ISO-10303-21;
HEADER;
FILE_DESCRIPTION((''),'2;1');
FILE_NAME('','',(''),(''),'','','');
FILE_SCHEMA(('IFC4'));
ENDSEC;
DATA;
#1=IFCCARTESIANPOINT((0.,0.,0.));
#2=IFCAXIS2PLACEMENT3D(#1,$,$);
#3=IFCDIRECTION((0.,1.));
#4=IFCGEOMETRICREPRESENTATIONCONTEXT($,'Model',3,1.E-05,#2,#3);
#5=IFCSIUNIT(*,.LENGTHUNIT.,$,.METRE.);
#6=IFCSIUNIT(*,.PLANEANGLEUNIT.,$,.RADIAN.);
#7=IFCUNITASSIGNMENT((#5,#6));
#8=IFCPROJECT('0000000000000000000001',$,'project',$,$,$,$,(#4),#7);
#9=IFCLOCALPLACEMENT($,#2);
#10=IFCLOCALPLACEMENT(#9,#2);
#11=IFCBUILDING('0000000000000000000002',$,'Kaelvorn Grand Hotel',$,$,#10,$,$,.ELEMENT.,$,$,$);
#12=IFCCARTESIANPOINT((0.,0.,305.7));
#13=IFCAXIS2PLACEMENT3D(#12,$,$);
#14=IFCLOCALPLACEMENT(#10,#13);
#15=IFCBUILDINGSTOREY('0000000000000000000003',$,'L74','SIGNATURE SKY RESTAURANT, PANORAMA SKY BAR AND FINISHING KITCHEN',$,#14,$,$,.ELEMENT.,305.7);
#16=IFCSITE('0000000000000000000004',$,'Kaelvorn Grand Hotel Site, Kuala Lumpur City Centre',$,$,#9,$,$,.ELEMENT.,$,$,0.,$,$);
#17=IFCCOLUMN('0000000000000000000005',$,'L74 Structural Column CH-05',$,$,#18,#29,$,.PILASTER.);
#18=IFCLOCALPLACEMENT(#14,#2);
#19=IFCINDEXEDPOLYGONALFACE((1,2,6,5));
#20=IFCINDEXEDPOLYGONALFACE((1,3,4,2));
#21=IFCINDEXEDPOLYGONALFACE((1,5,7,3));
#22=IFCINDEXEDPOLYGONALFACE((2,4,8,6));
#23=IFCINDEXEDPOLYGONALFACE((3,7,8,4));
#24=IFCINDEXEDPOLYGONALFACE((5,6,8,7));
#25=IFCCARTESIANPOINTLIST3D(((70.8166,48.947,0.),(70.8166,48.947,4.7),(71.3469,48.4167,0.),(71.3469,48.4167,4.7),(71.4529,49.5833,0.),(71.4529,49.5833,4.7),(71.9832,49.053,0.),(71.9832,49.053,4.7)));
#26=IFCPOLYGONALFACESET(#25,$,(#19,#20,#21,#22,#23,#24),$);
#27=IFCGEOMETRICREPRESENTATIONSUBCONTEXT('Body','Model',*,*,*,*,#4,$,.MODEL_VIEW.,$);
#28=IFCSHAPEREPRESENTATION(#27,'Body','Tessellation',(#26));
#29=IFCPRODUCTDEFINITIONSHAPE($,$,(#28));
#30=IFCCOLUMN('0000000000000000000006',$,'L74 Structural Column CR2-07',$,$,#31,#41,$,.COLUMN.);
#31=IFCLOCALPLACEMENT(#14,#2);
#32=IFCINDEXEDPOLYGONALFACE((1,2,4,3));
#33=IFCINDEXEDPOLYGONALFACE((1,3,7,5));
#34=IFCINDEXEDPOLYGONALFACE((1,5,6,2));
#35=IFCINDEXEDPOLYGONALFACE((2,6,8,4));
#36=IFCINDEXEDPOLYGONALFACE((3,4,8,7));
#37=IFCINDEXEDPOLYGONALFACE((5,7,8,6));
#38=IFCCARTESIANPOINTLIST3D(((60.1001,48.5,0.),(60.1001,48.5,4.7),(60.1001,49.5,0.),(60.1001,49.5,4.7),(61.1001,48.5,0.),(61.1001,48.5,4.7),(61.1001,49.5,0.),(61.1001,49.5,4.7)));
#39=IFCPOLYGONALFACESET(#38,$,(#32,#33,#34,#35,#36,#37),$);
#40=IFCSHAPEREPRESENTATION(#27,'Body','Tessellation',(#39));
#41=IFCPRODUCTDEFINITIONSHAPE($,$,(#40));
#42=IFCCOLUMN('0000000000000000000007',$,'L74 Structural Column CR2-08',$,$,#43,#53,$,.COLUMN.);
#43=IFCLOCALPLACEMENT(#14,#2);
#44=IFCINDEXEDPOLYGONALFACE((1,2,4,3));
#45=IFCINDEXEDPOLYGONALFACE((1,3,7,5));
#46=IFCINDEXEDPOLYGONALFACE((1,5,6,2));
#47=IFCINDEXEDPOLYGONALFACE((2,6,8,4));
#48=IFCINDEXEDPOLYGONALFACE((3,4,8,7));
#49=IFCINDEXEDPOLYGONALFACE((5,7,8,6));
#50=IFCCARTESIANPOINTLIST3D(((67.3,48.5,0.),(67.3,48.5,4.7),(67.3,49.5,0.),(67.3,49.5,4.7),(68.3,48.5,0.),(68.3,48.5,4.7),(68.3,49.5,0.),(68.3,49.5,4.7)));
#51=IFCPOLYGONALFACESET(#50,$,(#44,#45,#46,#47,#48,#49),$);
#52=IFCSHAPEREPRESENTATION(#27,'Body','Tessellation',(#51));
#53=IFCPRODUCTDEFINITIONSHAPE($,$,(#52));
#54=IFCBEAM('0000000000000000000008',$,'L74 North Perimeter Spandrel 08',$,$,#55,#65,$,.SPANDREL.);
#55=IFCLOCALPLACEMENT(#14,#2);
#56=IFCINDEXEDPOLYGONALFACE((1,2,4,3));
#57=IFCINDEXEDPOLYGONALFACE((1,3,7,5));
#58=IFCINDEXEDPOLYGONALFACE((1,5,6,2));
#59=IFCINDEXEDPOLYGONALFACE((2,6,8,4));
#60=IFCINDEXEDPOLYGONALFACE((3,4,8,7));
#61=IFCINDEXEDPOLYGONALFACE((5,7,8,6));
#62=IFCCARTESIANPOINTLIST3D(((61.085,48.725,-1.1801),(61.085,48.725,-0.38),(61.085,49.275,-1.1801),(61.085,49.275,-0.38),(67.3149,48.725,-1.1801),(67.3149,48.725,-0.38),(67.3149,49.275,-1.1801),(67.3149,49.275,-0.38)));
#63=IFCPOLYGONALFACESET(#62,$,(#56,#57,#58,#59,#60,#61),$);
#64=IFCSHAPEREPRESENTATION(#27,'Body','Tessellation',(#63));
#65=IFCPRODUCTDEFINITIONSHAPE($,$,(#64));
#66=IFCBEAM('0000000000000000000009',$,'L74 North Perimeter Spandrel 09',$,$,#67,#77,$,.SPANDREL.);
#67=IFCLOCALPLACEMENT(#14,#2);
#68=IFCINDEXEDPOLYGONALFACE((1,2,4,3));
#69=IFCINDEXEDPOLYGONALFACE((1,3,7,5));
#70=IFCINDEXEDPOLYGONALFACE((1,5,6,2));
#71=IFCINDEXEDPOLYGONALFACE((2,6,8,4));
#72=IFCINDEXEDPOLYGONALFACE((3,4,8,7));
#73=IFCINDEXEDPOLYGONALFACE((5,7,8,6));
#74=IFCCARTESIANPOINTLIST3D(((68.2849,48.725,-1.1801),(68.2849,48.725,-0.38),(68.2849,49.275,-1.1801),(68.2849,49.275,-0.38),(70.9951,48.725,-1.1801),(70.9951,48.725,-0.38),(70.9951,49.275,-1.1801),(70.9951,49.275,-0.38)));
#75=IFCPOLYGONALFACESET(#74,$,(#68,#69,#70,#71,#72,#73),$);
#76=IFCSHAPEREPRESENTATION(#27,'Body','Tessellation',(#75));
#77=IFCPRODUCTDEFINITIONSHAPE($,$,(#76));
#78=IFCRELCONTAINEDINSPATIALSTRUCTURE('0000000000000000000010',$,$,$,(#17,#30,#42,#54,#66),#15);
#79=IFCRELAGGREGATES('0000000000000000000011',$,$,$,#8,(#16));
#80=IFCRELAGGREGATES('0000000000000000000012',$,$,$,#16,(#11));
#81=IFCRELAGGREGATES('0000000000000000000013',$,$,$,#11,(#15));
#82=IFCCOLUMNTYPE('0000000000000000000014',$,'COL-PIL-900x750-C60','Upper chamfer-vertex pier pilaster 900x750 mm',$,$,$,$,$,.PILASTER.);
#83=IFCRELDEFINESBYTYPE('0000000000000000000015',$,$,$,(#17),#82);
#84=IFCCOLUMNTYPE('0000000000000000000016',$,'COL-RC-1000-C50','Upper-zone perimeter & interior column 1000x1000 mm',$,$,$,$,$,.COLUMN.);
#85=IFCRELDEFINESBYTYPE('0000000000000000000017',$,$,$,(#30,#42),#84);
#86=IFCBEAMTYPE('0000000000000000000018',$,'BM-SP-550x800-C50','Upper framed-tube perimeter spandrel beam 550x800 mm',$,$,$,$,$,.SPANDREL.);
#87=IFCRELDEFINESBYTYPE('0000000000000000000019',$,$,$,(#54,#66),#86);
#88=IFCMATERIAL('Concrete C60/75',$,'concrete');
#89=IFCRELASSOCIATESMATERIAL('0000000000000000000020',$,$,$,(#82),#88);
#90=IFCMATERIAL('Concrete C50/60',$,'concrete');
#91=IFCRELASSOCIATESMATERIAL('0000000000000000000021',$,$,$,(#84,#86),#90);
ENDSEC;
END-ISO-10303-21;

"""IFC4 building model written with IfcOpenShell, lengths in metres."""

from ifc_helpers import new_model, si_unit, direction, frame, origin, origin_2d, place, context, subcontext, project, spatial, rectangle, extrude, material, material_profile, profile_set, type_object, element, save


model = new_model("IFC4")

# Units and contexts
model_context = context("Model", 3, precision=1e-05, world=origin(), true_north=direction((0.0, 1.0)))
body_context = subcontext(model_context, "Body", "Model", "MODEL_VIEW")
ifc_project = project(units=[si_unit("LENGTHUNIT", "METRE"), si_unit("PLANEANGLEUNIT", "RADIAN")], contexts=[model_context])

# Site, building, storey
site_placement = place(None, origin())
site = spatial("IfcSite", under=ifc_project, at=site_placement, Name="Kaelvorn Grand Hotel Site, Kuala Lumpur City Centre", CompositionType="ELEMENT", RefElevation=0.0)
building_placement = place(site_placement, origin())
building = spatial("IfcBuilding", under=site, at=building_placement, Name="Kaelvorn Grand Hotel", CompositionType="ELEMENT")
storey_placement = place(building_placement, frame((0.0, 0.0, 305.7)))
storey = spatial("IfcBuildingStorey", under=building, at=storey_placement, Name="L74", Description="SIGNATURE SKY RESTAURANT, PANORAMA SKY BAR AND FINISHING KITCHEN", CompositionType="ELEMENT", Elevation=305.7)

# Columns
ifc_material_1 = material(Name="Concrete C60/75", Category="concrete")
ifc_material_profile_1 = material_profile(ifc_material_1, rectangle(XDim=0.8999, YDim=0.75, at=origin_2d()), Name="RC PILASTER 900x750")
ifc_profile_set_1 = profile_set([ifc_material_profile_1], Name="Concrete C60/75")
column_type_1 = type_object("IfcColumnType", Name="COL-PIL-900x750-C60", Description="Upper chamfer-vertex pier pilaster 900x750 mm", PredefinedType="PILASTER", material=ifc_profile_set_1)
column_placement = place(storey_placement, frame((71.3999, 49.0, 0.0), z_axis=(0.0, 0.0, 1.0), x_axis=(0.707107, 0.707107, 0.0)))
element("IfcColumn", 1, at=column_placement, inside=storey, type_object=column_type_1, Name="L74 Structural Column CH-05", PredefinedType="PILASTER", context=body_context, shape_type="SweptSolid", body=[
    extrude(rectangle(XDim=0.8999, YDim=0.75, at=origin_2d()), origin(), (0.0, 0.0, 1.0), 4.7),
])
ifc_material_2 = material(Name="Concrete C50/60", Category="concrete")
ifc_material_profile_2 = material_profile(ifc_material_2, rectangle(XDim=1.0, YDim=1.0, at=origin_2d()), Name="RC COL 1000x1000")
ifc_profile_set_2 = profile_set([ifc_material_profile_2], Name="Concrete C50/60")
column_type_2 = type_object("IfcColumnType", Name="COL-RC-1000-C50", Description="Upper-zone perimeter & interior column 1000x1000 mm", PredefinedType="COLUMN", material=ifc_profile_set_2)
for number, where, z_axis, x_axis, name in (
    (2, (60.6001, 49.0, 0.0), (0.0, 0.0, 1.0), (1.0, 0.0, 0.0), "L74 Structural Column CR2-07"),
    (3, (67.8, 49.0, 0.0), (0.0, 0.0, 1.0), (1.0, 0.0, 0.0), "L74 Structural Column CR2-08"),
):
    element("IfcColumn", number, at=place(storey_placement, frame(where, z_axis=z_axis, x_axis=x_axis)), inside=storey, type_object=column_type_2, Name=name, PredefinedType="COLUMN", context=body_context, shape_type="SweptSolid", body=[
        extrude(rectangle(XDim=1.0, YDim=1.0, at=origin_2d()), origin(), (0.0, 0.0, 1.0), 4.7),
    ])

# Beams
ifc_material_profile_3 = material_profile(ifc_material_2, rectangle(XDim=0.55, YDim=0.8, at=origin_2d()), Name="RC SPANDREL 550x800")
ifc_profile_set_3 = profile_set([ifc_material_profile_3], Name="Concrete C50/60")
beam_type = type_object("IfcBeamType", Name="BM-SP-550x800-C50", Description="Upper framed-tube perimeter spandrel beam 550x800 mm", PredefinedType="SPANDREL", material=ifc_profile_set_3)
beam_1_placement = place(storey_placement, frame((61.085, 49.0, -0.78), z_axis=(1.0, 0.0, 0.0), x_axis=(0.0, 1.0, 0.0)))
element("IfcBeam", 4, at=beam_1_placement, inside=storey, type_object=beam_type, Name="L74 North Perimeter Spandrel 08", PredefinedType="SPANDREL", context=body_context, shape_type="SweptSolid", body=[
    extrude(rectangle(XDim=0.55, YDim=0.8, at=origin_2d()), origin(), (0.0, 0.0, 1.0), 6.23),
])
beam_2_placement = place(storey_placement, frame((68.2849, 49.0, -0.78), z_axis=(1.0, 0.0, 0.0), x_axis=(0.0, 1.0, 0.0)))
element("IfcBeam", 5, at=beam_2_placement, inside=storey, type_object=beam_type, Name="L74 North Perimeter Spandrel 09", PredefinedType="SPANDREL", context=body_context, shape_type="SweptSolid", body=[
    extrude(rectangle(XDim=0.55, YDim=0.8, at=origin_2d()), origin(), (0.0, 0.0, 1.0), 2.7102),
])

save(model, "model.ifc")
